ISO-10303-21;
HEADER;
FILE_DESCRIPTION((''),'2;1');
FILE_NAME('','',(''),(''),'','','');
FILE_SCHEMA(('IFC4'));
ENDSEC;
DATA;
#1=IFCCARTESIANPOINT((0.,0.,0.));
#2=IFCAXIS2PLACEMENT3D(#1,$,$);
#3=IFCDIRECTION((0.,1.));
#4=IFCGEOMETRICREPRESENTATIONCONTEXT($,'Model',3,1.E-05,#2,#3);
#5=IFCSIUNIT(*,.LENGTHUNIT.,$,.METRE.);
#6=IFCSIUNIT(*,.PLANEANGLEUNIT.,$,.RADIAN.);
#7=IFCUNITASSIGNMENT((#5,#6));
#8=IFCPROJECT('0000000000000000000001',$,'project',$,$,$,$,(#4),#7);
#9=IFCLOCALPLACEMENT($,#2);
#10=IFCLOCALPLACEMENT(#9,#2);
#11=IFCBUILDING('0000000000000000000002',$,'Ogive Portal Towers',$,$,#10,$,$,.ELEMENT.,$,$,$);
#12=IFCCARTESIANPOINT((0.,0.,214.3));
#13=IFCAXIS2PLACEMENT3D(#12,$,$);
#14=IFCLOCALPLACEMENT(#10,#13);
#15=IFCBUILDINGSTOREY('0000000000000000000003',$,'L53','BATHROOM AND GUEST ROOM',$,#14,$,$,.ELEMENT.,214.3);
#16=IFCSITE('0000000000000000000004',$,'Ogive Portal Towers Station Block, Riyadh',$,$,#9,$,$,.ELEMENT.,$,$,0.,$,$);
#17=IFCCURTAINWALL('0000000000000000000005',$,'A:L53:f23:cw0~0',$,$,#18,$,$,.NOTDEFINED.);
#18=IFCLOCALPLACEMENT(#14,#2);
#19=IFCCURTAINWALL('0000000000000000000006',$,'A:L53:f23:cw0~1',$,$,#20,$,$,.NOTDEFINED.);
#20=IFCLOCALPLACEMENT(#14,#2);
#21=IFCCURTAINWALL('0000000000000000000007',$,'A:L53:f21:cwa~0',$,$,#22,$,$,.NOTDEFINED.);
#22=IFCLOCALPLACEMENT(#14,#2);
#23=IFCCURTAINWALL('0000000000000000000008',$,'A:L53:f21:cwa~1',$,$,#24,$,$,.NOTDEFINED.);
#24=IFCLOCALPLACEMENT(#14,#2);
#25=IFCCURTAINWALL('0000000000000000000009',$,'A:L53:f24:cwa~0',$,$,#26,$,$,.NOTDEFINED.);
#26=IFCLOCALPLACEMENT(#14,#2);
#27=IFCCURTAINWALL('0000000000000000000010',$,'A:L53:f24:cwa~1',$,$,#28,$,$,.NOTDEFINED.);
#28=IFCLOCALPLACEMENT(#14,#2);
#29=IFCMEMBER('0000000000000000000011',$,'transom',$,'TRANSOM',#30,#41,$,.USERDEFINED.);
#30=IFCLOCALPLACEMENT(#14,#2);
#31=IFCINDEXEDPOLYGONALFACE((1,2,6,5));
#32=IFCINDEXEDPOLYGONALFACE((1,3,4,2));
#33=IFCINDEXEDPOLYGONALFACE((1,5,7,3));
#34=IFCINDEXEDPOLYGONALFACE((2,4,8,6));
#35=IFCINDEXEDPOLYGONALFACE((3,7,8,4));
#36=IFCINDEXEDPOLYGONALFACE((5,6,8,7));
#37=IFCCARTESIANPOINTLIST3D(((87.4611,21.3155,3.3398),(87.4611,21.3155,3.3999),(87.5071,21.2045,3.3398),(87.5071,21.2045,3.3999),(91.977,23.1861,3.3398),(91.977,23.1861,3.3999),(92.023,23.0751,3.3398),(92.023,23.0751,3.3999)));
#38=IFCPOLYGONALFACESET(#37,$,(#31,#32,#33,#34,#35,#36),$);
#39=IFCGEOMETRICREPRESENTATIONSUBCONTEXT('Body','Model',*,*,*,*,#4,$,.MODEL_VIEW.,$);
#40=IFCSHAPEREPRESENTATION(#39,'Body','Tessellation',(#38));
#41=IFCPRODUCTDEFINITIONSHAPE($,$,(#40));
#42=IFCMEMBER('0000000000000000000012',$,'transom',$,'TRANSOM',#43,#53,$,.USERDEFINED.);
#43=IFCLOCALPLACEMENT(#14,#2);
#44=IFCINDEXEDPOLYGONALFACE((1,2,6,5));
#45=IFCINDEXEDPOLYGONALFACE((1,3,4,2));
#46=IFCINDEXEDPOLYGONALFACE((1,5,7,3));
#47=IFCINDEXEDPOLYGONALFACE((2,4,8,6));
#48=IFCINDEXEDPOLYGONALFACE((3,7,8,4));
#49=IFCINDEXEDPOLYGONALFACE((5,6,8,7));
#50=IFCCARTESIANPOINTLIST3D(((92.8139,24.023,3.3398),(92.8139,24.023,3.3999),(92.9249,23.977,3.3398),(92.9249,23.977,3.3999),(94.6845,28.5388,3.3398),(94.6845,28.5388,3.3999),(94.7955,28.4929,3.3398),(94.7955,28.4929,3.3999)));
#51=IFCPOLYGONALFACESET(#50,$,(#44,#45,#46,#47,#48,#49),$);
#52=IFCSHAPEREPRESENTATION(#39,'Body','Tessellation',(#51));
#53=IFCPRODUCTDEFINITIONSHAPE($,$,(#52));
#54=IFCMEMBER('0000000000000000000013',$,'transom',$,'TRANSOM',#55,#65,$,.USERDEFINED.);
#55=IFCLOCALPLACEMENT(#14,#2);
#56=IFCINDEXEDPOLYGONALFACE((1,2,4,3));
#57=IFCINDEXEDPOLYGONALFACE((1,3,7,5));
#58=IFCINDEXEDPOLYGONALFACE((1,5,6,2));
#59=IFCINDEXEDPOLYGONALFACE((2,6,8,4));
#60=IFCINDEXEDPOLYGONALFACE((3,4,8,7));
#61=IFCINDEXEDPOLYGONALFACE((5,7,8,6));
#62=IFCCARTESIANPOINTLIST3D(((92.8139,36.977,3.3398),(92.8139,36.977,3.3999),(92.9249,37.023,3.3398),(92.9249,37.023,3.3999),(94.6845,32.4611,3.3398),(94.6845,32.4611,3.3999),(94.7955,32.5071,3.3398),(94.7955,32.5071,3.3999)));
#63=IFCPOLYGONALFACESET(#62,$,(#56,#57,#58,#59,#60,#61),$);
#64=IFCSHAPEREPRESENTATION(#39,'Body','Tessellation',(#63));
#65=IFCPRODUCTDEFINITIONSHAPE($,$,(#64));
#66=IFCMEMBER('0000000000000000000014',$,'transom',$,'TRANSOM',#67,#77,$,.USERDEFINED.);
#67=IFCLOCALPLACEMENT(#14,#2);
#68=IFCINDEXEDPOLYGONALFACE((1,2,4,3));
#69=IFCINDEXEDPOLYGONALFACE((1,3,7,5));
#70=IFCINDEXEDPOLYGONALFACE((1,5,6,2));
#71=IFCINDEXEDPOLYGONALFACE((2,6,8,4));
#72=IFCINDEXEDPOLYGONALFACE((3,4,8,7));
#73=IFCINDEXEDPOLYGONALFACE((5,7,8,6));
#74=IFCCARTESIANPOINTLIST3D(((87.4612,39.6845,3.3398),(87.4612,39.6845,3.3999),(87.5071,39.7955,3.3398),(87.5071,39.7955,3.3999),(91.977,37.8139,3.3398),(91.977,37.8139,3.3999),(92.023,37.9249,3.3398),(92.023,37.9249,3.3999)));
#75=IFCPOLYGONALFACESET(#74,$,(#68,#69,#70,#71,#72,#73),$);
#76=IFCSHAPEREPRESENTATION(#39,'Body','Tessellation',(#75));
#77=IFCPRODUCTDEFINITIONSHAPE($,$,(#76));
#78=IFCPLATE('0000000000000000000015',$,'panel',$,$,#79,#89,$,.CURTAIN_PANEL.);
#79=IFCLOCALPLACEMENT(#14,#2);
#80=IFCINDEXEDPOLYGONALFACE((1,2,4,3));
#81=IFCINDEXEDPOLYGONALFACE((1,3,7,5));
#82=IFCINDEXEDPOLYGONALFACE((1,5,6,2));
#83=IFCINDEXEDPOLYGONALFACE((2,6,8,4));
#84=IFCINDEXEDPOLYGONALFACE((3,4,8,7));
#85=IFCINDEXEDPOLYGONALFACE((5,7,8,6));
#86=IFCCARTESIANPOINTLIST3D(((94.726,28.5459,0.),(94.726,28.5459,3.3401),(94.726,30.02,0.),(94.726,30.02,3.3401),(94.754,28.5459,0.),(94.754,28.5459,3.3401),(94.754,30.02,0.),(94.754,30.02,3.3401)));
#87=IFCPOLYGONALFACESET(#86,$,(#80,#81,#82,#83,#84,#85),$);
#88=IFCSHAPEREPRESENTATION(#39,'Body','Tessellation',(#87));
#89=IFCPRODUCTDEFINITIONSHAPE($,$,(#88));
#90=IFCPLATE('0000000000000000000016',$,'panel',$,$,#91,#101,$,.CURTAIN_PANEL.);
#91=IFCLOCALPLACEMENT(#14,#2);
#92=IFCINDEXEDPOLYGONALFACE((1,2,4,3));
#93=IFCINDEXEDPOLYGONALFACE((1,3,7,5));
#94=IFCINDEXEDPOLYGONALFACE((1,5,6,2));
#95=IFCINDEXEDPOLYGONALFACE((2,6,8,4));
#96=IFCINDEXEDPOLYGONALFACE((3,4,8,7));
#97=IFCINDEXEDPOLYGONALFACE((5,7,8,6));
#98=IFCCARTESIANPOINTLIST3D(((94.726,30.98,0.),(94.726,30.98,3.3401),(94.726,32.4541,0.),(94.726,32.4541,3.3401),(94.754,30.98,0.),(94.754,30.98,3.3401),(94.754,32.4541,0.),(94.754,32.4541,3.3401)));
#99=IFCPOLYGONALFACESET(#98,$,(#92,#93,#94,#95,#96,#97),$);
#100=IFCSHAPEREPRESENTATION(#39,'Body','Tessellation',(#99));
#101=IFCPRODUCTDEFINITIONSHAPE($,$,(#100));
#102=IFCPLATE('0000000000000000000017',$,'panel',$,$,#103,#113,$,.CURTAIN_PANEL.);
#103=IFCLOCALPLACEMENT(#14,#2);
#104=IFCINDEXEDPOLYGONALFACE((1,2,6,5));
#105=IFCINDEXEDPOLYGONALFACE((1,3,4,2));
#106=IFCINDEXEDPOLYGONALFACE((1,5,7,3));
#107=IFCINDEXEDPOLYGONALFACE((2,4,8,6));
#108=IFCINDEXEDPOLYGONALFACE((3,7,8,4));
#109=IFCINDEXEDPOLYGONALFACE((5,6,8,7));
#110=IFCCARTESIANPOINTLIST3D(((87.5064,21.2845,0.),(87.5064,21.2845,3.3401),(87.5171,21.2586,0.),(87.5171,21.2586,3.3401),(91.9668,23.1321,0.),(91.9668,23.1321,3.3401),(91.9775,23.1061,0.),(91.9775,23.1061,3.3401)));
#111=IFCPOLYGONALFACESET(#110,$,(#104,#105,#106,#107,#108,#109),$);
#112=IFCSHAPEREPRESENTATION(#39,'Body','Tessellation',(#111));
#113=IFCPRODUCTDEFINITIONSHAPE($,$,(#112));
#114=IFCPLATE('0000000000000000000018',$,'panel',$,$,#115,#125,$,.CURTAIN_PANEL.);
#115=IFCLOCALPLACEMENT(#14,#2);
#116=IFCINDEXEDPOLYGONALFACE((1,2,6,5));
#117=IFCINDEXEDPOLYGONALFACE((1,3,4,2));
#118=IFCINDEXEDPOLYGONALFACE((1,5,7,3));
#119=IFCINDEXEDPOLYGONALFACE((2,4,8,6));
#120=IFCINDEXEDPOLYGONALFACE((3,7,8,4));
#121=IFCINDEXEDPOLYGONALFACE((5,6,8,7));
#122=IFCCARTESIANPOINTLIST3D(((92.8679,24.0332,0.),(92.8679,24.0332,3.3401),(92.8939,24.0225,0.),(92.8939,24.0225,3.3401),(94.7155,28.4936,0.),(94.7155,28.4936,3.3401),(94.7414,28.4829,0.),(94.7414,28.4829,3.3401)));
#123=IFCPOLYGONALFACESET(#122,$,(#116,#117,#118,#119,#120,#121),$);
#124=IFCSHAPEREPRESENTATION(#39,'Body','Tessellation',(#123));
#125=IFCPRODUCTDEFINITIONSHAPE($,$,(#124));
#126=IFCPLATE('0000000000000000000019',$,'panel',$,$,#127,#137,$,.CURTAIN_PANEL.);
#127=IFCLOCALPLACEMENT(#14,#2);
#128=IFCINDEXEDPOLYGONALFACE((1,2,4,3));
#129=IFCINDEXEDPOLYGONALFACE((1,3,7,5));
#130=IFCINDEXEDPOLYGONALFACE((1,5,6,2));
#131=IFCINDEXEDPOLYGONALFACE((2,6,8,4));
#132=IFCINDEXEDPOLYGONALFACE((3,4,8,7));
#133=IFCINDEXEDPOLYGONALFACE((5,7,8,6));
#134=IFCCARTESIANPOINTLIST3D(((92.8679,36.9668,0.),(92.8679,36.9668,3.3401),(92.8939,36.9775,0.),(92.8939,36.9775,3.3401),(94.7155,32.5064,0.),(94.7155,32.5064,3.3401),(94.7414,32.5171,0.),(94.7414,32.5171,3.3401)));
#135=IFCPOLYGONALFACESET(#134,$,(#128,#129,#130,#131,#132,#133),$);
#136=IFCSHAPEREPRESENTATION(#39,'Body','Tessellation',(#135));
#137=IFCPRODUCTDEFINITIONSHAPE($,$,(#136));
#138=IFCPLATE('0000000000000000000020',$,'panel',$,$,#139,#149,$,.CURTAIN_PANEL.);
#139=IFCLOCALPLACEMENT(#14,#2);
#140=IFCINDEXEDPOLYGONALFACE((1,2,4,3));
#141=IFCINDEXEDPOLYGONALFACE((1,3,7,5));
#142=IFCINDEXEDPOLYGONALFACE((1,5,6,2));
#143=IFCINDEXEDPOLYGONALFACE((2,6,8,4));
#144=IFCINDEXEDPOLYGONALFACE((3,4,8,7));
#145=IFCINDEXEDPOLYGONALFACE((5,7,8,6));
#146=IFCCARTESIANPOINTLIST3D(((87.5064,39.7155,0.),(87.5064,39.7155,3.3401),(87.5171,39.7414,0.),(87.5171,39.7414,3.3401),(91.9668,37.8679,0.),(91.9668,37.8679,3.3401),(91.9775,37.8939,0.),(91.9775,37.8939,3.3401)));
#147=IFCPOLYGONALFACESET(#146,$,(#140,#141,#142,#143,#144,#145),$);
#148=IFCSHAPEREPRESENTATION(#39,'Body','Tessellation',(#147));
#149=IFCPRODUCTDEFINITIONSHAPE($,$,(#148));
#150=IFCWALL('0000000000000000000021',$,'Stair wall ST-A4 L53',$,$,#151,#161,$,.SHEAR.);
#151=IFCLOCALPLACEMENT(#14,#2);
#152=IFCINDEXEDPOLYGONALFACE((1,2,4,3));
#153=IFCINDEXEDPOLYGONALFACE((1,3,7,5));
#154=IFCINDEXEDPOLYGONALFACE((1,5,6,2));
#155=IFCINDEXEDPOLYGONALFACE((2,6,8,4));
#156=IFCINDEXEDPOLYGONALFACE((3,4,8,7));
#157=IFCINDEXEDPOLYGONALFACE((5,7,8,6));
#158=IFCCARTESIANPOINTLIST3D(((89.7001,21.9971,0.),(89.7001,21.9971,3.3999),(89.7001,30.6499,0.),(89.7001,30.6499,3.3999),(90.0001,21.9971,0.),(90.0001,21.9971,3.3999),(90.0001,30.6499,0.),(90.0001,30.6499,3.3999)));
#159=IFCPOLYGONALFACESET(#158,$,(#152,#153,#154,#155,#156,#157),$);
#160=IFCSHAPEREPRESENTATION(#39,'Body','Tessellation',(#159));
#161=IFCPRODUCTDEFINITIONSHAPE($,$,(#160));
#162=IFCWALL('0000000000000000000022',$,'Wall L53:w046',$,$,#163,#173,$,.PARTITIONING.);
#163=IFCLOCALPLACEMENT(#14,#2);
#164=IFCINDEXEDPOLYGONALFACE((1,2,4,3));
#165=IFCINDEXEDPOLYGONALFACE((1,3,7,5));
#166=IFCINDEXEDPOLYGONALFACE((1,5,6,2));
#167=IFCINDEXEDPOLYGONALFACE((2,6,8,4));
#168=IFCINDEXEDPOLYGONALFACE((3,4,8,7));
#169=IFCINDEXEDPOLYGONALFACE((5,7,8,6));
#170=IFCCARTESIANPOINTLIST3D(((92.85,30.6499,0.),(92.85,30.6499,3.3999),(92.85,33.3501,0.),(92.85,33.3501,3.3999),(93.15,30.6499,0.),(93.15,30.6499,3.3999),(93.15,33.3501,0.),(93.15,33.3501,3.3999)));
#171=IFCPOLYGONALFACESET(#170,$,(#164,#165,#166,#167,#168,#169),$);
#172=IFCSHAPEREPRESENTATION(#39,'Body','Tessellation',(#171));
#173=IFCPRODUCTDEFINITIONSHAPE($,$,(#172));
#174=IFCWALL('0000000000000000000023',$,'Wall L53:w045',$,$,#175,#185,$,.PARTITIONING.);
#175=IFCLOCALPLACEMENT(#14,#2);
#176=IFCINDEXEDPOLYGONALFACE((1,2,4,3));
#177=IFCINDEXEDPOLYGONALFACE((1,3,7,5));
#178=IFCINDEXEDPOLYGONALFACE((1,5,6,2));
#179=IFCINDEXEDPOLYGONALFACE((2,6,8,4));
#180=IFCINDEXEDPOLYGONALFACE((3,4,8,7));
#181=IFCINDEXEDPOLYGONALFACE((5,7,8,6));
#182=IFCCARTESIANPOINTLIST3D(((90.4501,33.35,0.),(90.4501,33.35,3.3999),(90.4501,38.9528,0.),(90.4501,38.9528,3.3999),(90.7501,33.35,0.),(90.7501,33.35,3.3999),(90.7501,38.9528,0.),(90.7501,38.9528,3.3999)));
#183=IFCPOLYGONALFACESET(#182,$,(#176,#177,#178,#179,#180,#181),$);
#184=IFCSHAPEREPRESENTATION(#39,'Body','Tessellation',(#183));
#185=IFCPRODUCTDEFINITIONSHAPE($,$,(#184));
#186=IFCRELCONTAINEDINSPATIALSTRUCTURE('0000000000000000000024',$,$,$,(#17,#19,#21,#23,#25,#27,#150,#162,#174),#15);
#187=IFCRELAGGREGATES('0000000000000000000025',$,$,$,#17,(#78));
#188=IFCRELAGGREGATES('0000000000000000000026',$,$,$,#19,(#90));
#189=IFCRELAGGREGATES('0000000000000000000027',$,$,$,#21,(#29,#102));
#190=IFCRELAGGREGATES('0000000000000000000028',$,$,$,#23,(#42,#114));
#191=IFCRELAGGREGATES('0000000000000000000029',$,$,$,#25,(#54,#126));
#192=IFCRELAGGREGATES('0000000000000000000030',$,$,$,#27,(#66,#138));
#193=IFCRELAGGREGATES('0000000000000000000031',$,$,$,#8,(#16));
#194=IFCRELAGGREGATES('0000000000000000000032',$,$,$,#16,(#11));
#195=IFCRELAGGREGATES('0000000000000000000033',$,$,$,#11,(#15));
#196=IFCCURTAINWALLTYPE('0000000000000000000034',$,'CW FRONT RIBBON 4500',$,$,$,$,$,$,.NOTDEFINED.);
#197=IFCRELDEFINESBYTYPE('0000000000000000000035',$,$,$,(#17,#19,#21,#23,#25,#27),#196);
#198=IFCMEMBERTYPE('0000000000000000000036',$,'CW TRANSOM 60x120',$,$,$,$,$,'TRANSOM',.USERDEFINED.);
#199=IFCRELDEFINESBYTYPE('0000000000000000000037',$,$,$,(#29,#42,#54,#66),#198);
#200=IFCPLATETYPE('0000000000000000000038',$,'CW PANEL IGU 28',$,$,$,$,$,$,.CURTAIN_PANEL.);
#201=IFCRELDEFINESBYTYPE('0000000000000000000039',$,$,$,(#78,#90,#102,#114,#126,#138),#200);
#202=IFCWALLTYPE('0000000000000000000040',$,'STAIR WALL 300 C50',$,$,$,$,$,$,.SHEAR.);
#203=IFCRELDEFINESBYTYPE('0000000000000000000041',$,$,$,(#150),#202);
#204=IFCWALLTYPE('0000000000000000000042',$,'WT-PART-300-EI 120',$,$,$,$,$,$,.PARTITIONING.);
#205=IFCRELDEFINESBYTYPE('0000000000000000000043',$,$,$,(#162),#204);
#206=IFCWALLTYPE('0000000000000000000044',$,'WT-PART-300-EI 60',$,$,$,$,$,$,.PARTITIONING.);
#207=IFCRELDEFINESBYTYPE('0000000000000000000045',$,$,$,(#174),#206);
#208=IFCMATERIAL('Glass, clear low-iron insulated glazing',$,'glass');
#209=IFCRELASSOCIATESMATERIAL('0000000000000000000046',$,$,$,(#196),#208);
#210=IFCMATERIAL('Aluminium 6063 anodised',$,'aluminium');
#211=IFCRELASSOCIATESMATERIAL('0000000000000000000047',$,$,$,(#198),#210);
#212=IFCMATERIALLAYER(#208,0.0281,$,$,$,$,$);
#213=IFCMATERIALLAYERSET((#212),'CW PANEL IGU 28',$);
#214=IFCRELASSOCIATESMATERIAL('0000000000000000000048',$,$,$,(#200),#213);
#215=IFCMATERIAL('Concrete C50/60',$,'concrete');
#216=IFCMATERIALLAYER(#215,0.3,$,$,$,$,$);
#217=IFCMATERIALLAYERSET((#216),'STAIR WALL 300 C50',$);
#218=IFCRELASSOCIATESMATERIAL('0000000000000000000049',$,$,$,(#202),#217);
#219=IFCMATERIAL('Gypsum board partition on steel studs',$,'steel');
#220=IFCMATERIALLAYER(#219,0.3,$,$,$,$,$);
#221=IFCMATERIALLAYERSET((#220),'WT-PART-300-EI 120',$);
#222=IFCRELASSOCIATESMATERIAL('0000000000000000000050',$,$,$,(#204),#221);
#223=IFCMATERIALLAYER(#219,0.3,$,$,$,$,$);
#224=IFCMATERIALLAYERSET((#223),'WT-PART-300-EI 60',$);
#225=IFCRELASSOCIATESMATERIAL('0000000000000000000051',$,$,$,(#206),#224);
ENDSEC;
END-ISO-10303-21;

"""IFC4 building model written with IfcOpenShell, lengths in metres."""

from ifc_helpers import new_model, si_unit, direction, frame, frame_2d, origin, origin_2d, place, context, subcontext, project, spatial, rectangle, extrude, material, layer, layer_set, material_profile, profile_set, type_object, element, aggregate, save


model = new_model("IFC4")

# Units and contexts
model_context = context("Model", 3, precision=1e-05, world=origin(), true_north=direction((0.0, 1.0)))
body_context = subcontext(model_context, "Body", "Model", "MODEL_VIEW")
ifc_project = project(units=[si_unit("LENGTHUNIT", "METRE"), si_unit("PLANEANGLEUNIT", "RADIAN")], contexts=[model_context])

# Site, building, storey
site_placement = place(None, origin())
site = spatial("IfcSite", under=ifc_project, at=site_placement, Name="Ogive Portal Towers Station Block, Riyadh", CompositionType="ELEMENT", RefElevation=0.0)
building_placement = place(site_placement, origin())
building = spatial("IfcBuilding", under=site, at=building_placement, Name="Ogive Portal Towers", CompositionType="ELEMENT")
storey_placement = place(building_placement, frame((0.0, 0.0, 214.3)))
storey = spatial("IfcBuildingStorey", under=building, at=storey_placement, Name="L53", Description="BATHROOM AND GUEST ROOM", CompositionType="ELEMENT", Elevation=214.3)

# Curtain walls
ifc_material_1 = material(Name="Glass, clear low-iron insulated glazing", Category="glass")
curtain_wall_type = type_object("IfcCurtainWallType", Name="CW FRONT RIBBON 4500", PredefinedType="NOTDEFINED", material=ifc_material_1)
curtain_wall_1_placement = place(storey_placement, origin())
curtain_wall_1 = element("IfcCurtainWall", 1, at=curtain_wall_1_placement, inside=storey, type_object=curtain_wall_type, Name="A:L53:f23:cw0~0", PredefinedType="NOTDEFINED")
ifc_material_2 = material(Name="Aluminium 6063 anodised", Category="aluminium")
curtain_wall_2_placement = place(storey_placement, origin())
curtain_wall_2 = element("IfcCurtainWall", 2, at=curtain_wall_2_placement, inside=storey, type_object=curtain_wall_type, Name="A:L53:f23:cw0~1", PredefinedType="NOTDEFINED")

# Curtain wall
curtain_wall_3_placement = place(storey_placement, origin())
curtain_wall_3 = element("IfcCurtainWall", 3, at=curtain_wall_3_placement, inside=storey, type_object=curtain_wall_type, Name="A:L53:f21:cwa~0", PredefinedType="NOTDEFINED")

# Curtain walls
curtain_wall_4_placement = place(storey_placement, origin())
curtain_wall_4 = element("IfcCurtainWall", 4, at=curtain_wall_4_placement, inside=storey, type_object=curtain_wall_type, Name="A:L53:f21:cwa~1", PredefinedType="NOTDEFINED")
curtain_wall_5_placement = place(storey_placement, origin())
curtain_wall_5 = element("IfcCurtainWall", 5, at=curtain_wall_5_placement, inside=storey, type_object=curtain_wall_type, Name="A:L53:f24:cwa~0", PredefinedType="NOTDEFINED")
curtain_wall_6_placement = place(storey_placement, origin())
curtain_wall_6 = element("IfcCurtainWall", 6, at=curtain_wall_6_placement, inside=storey, type_object=curtain_wall_type, Name="A:L53:f24:cwa~1", PredefinedType="NOTDEFINED")

# Members
ifc_material_profile_1 = material_profile(ifc_material_2, rectangle(XDim=0.1201, YDim=0.0601, at=origin_2d()), Name="AL 120x60")
ifc_profile_set_1 = profile_set([ifc_material_profile_1], Name="Aluminium 6063 anodised")
member_type_1 = type_object("IfcMemberType", Name="CW TRANSOM 60x120", ElementType="TRANSOM", PredefinedType="USERDEFINED", material=ifc_profile_set_1)
member_1_placement = place(storey_placement, frame((87.4841, 21.26, 3.3699), z_axis=(0.923874, 0.382696, 0.0), x_axis=(-0.382696, 0.923874, 0.0)))
member_1 = element("IfcMember", 7, at=member_1_placement, type_object=member_type_1, Name="transom", ObjectType="TRANSOM", PredefinedType="USERDEFINED", context=body_context, shape_type="SweptSolid", body=[
    extrude(rectangle(XDim=0.1201, YDim=0.0601, at=origin_2d()), origin(), (0.0, 0.0, 1.0), 4.8879),
])
member_2_placement = place(storey_placement, frame((92.8694, 24.0, 3.3699), z_axis=(0.382696, 0.923874, 0.0), x_axis=(-0.923874, 0.382696, 0.0)))
member_2 = element("IfcMember", 8, at=member_2_placement, type_object=member_type_1, Name="transom", ObjectType="TRANSOM", PredefinedType="USERDEFINED", context=body_context, shape_type="SweptSolid", body=[
    extrude(rectangle(XDim=0.1201, YDim=0.0601, at=origin_2d()), origin(), (0.0, 0.0, 1.0), 4.8879),
])
member_3_placement = place(storey_placement, frame((94.74, 32.4841, 3.3699), z_axis=(-0.382696, 0.923874, 0.0), x_axis=(-0.923874, -0.382696, 0.0)))
member_3 = element("IfcMember", 9, at=member_3_placement, type_object=member_type_1, Name="transom", ObjectType="TRANSOM", PredefinedType="USERDEFINED", context=body_context, shape_type="SweptSolid", body=[
    extrude(rectangle(XDim=0.1201, YDim=0.0601, at=origin_2d()), origin(), (0.0, 0.0, 1.0), 4.8879),
])
member_4_placement = place(storey_placement, frame((92.0, 37.8694, 3.3699), z_axis=(-0.923874, 0.382696, 0.0), x_axis=(-0.382696, -0.923874, 0.0)))
member_4 = element("IfcMember", 10, at=member_4_placement, type_object=member_type_1, Name="transom", ObjectType="TRANSOM", PredefinedType="USERDEFINED", context=body_context, shape_type="SweptSolid", body=[
    extrude(rectangle(XDim=0.1201, YDim=0.0601, at=origin_2d()), origin(), (0.0, 0.0, 1.0), 4.8879),
])

# Plates
ifc_layer_1 = layer(ifc_material_1, 0.0281)
ifc_layer_set_1 = layer_set([ifc_layer_1], Name="CW PANEL IGU 28")
plate_type = type_object("IfcPlateType", Name="CW PANEL IGU 28", PredefinedType="CURTAIN_PANEL", material=ifc_layer_set_1)
plate_1_placement = place(storey_placement, frame((94.74, 29.283, 0.0), z_axis=(0.0, 0.0, 1.0), x_axis=(0.0, 1.0, 0.0)))
plate_1 = element("IfcPlate", 11, at=plate_1_placement, type_object=plate_type, Name="panel", PredefinedType="CURTAIN_PANEL", context=body_context, shape_type="SweptSolid", body=[
    extrude(rectangle(XDim=1.4741, YDim=0.0281, at=origin_2d()), origin(), (0.0, 0.0, 1.0), 3.3401),
])
aggregate(curtain_wall_1, [plate_1])
plate_2_placement = place(storey_placement, frame((94.74, 31.717, 0.0), z_axis=(0.0, 0.0, 1.0), x_axis=(0.0, 1.0, 0.0)))
plate_2 = element("IfcPlate", 12, at=plate_2_placement, type_object=plate_type, Name="panel", PredefinedType="CURTAIN_PANEL", context=body_context, shape_type="SweptSolid", body=[
    extrude(rectangle(XDim=1.4741, YDim=0.0281, at=origin_2d()), origin(), (0.0, 0.0, 1.0), 3.3401),
])
aggregate(curtain_wall_2, [plate_2])
plate_3_placement = place(storey_placement, frame((89.7419, 22.1953, 0.0), z_axis=(0.0, 0.0, 1.0), x_axis=(0.92388, 0.382683, 0.0)))
plate_3 = element("IfcPlate", 13, at=plate_3_placement, type_object=plate_type, Name="panel", PredefinedType="CURTAIN_PANEL", context=body_context, shape_type="SweptSolid", body=[
    extrude(rectangle(XDim=4.8279, YDim=0.0281, at=origin_2d()), origin(), (0.0, 0.0, 1.0), 3.3401),
])
aggregate(curtain_wall_3, [member_1, plate_3])
plate_4_placement = place(storey_placement, frame((93.8047, 26.2581, 0.0), z_axis=(0.0, 0.0, 1.0), x_axis=(0.382683, 0.92388, 0.0)))
plate_4 = element("IfcPlate", 14, at=plate_4_placement, type_object=plate_type, Name="panel", PredefinedType="CURTAIN_PANEL", context=body_context, shape_type="SweptSolid", body=[
    extrude(rectangle(XDim=4.8279, YDim=0.0281, at=origin_2d()), origin(), (0.0, 0.0, 1.0), 3.3401),
])
aggregate(curtain_wall_4, [member_2, plate_4])
plate_5_placement = place(storey_placement, frame((93.8047, 34.7419, 0.0), z_axis=(0.0, 0.0, 1.0), x_axis=(-0.382683, 0.92388, 0.0)))
plate_5 = element("IfcPlate", 15, at=plate_5_placement, type_object=plate_type, Name="panel", PredefinedType="CURTAIN_PANEL", context=body_context, shape_type="SweptSolid", body=[
    extrude(rectangle(XDim=4.8279, YDim=0.0281, at=origin_2d()), origin(), (0.0, 0.0, 1.0), 3.3401),
])
aggregate(curtain_wall_5, [member_3, plate_5])
plate_6_placement = place(storey_placement, frame((89.7419, 38.8047, 0.0), z_axis=(0.0, 0.0, 1.0), x_axis=(-0.92388, 0.382683, 0.0)))
plate_6 = element("IfcPlate", 16, at=plate_6_placement, type_object=plate_type, Name="panel", PredefinedType="CURTAIN_PANEL", context=body_context, shape_type="SweptSolid", body=[
    extrude(rectangle(XDim=4.8279, YDim=0.0281, at=origin_2d()), origin(), (0.0, 0.0, 1.0), 3.3401),
])
aggregate(curtain_wall_6, [member_4, plate_6])

# Walls
ifc_material_3 = material(Name="Concrete C50/60", Category="concrete")
ifc_layer_2 = layer(ifc_material_3, 0.3)
ifc_layer_set_2 = layer_set([ifc_layer_2], Name="STAIR WALL 300 C50")
wall_type_1 = type_object("IfcWallType", Name="STAIR WALL 300 C50", PredefinedType="SHEAR", material=ifc_layer_set_2)
wall_1_placement = place(storey_placement, frame((89.8501, 21.9971, 0.0), z_axis=(0.0, 0.0, 1.0), x_axis=(0.0, 1.0, 0.0)))
element("IfcWall", 17, at=wall_1_placement, inside=storey, type_object=wall_type_1, Name="Stair wall ST-A4 L53", PredefinedType="SHEAR", context=body_context, shape_type="SweptSolid", body=[
    extrude(rectangle(XDim=8.6528, YDim=0.3, at=frame_2d((4.3264, 0.0))), origin(), (0.0, 0.0, 1.0), 3.3999),
])
ifc_material_4 = material(Name="Gypsum board partition on steel studs", Category="steel")
ifc_layer_3 = layer(ifc_material_4, 0.3)
ifc_layer_set_3 = layer_set([ifc_layer_3], Name="WT-PART-300-EI 120")
wall_type_2 = type_object("IfcWallType", Name="WT-PART-300-EI 120", PredefinedType="PARTITIONING", material=ifc_layer_set_3)
wall_2_placement = place(storey_placement, frame((93.0, 30.6499, 0.0), z_axis=(0.0, 0.0, 1.0), x_axis=(0.0, 1.0, 0.0)))
element("IfcWall", 18, at=wall_2_placement, inside=storey, type_object=wall_type_2, Name="Wall L53:w046", PredefinedType="PARTITIONING", context=body_context, shape_type="SweptSolid", body=[
    extrude(rectangle(XDim=2.7002, YDim=0.3, at=frame_2d((1.3501, 0.0))), origin(), (0.0, 0.0, 1.0), 3.3999),
])
ifc_layer_4 = layer(ifc_material_4, 0.3)
ifc_layer_set_4 = layer_set([ifc_layer_4], Name="WT-PART-300-EI 60")
wall_type_3 = type_object("IfcWallType", Name="WT-PART-300-EI 60", PredefinedType="PARTITIONING", material=ifc_layer_set_4)
wall_3_placement = place(storey_placement, frame((90.6001, 33.3501, 0.0), z_axis=(0.0, 0.0, 1.0), x_axis=(0.0, 1.0, 0.0)))
element("IfcWall", 19, at=wall_3_placement, inside=storey, type_object=wall_type_3, Name="Wall L53:w045", PredefinedType="PARTITIONING", context=body_context, shape_type="SweptSolid", body=[
    extrude(rectangle(XDim=5.6028, YDim=0.3, at=frame_2d((2.8013, 0.0))), origin(), (0.0, 0.0, 1.0), 3.3999),
])

save(model, "model.ifc")
